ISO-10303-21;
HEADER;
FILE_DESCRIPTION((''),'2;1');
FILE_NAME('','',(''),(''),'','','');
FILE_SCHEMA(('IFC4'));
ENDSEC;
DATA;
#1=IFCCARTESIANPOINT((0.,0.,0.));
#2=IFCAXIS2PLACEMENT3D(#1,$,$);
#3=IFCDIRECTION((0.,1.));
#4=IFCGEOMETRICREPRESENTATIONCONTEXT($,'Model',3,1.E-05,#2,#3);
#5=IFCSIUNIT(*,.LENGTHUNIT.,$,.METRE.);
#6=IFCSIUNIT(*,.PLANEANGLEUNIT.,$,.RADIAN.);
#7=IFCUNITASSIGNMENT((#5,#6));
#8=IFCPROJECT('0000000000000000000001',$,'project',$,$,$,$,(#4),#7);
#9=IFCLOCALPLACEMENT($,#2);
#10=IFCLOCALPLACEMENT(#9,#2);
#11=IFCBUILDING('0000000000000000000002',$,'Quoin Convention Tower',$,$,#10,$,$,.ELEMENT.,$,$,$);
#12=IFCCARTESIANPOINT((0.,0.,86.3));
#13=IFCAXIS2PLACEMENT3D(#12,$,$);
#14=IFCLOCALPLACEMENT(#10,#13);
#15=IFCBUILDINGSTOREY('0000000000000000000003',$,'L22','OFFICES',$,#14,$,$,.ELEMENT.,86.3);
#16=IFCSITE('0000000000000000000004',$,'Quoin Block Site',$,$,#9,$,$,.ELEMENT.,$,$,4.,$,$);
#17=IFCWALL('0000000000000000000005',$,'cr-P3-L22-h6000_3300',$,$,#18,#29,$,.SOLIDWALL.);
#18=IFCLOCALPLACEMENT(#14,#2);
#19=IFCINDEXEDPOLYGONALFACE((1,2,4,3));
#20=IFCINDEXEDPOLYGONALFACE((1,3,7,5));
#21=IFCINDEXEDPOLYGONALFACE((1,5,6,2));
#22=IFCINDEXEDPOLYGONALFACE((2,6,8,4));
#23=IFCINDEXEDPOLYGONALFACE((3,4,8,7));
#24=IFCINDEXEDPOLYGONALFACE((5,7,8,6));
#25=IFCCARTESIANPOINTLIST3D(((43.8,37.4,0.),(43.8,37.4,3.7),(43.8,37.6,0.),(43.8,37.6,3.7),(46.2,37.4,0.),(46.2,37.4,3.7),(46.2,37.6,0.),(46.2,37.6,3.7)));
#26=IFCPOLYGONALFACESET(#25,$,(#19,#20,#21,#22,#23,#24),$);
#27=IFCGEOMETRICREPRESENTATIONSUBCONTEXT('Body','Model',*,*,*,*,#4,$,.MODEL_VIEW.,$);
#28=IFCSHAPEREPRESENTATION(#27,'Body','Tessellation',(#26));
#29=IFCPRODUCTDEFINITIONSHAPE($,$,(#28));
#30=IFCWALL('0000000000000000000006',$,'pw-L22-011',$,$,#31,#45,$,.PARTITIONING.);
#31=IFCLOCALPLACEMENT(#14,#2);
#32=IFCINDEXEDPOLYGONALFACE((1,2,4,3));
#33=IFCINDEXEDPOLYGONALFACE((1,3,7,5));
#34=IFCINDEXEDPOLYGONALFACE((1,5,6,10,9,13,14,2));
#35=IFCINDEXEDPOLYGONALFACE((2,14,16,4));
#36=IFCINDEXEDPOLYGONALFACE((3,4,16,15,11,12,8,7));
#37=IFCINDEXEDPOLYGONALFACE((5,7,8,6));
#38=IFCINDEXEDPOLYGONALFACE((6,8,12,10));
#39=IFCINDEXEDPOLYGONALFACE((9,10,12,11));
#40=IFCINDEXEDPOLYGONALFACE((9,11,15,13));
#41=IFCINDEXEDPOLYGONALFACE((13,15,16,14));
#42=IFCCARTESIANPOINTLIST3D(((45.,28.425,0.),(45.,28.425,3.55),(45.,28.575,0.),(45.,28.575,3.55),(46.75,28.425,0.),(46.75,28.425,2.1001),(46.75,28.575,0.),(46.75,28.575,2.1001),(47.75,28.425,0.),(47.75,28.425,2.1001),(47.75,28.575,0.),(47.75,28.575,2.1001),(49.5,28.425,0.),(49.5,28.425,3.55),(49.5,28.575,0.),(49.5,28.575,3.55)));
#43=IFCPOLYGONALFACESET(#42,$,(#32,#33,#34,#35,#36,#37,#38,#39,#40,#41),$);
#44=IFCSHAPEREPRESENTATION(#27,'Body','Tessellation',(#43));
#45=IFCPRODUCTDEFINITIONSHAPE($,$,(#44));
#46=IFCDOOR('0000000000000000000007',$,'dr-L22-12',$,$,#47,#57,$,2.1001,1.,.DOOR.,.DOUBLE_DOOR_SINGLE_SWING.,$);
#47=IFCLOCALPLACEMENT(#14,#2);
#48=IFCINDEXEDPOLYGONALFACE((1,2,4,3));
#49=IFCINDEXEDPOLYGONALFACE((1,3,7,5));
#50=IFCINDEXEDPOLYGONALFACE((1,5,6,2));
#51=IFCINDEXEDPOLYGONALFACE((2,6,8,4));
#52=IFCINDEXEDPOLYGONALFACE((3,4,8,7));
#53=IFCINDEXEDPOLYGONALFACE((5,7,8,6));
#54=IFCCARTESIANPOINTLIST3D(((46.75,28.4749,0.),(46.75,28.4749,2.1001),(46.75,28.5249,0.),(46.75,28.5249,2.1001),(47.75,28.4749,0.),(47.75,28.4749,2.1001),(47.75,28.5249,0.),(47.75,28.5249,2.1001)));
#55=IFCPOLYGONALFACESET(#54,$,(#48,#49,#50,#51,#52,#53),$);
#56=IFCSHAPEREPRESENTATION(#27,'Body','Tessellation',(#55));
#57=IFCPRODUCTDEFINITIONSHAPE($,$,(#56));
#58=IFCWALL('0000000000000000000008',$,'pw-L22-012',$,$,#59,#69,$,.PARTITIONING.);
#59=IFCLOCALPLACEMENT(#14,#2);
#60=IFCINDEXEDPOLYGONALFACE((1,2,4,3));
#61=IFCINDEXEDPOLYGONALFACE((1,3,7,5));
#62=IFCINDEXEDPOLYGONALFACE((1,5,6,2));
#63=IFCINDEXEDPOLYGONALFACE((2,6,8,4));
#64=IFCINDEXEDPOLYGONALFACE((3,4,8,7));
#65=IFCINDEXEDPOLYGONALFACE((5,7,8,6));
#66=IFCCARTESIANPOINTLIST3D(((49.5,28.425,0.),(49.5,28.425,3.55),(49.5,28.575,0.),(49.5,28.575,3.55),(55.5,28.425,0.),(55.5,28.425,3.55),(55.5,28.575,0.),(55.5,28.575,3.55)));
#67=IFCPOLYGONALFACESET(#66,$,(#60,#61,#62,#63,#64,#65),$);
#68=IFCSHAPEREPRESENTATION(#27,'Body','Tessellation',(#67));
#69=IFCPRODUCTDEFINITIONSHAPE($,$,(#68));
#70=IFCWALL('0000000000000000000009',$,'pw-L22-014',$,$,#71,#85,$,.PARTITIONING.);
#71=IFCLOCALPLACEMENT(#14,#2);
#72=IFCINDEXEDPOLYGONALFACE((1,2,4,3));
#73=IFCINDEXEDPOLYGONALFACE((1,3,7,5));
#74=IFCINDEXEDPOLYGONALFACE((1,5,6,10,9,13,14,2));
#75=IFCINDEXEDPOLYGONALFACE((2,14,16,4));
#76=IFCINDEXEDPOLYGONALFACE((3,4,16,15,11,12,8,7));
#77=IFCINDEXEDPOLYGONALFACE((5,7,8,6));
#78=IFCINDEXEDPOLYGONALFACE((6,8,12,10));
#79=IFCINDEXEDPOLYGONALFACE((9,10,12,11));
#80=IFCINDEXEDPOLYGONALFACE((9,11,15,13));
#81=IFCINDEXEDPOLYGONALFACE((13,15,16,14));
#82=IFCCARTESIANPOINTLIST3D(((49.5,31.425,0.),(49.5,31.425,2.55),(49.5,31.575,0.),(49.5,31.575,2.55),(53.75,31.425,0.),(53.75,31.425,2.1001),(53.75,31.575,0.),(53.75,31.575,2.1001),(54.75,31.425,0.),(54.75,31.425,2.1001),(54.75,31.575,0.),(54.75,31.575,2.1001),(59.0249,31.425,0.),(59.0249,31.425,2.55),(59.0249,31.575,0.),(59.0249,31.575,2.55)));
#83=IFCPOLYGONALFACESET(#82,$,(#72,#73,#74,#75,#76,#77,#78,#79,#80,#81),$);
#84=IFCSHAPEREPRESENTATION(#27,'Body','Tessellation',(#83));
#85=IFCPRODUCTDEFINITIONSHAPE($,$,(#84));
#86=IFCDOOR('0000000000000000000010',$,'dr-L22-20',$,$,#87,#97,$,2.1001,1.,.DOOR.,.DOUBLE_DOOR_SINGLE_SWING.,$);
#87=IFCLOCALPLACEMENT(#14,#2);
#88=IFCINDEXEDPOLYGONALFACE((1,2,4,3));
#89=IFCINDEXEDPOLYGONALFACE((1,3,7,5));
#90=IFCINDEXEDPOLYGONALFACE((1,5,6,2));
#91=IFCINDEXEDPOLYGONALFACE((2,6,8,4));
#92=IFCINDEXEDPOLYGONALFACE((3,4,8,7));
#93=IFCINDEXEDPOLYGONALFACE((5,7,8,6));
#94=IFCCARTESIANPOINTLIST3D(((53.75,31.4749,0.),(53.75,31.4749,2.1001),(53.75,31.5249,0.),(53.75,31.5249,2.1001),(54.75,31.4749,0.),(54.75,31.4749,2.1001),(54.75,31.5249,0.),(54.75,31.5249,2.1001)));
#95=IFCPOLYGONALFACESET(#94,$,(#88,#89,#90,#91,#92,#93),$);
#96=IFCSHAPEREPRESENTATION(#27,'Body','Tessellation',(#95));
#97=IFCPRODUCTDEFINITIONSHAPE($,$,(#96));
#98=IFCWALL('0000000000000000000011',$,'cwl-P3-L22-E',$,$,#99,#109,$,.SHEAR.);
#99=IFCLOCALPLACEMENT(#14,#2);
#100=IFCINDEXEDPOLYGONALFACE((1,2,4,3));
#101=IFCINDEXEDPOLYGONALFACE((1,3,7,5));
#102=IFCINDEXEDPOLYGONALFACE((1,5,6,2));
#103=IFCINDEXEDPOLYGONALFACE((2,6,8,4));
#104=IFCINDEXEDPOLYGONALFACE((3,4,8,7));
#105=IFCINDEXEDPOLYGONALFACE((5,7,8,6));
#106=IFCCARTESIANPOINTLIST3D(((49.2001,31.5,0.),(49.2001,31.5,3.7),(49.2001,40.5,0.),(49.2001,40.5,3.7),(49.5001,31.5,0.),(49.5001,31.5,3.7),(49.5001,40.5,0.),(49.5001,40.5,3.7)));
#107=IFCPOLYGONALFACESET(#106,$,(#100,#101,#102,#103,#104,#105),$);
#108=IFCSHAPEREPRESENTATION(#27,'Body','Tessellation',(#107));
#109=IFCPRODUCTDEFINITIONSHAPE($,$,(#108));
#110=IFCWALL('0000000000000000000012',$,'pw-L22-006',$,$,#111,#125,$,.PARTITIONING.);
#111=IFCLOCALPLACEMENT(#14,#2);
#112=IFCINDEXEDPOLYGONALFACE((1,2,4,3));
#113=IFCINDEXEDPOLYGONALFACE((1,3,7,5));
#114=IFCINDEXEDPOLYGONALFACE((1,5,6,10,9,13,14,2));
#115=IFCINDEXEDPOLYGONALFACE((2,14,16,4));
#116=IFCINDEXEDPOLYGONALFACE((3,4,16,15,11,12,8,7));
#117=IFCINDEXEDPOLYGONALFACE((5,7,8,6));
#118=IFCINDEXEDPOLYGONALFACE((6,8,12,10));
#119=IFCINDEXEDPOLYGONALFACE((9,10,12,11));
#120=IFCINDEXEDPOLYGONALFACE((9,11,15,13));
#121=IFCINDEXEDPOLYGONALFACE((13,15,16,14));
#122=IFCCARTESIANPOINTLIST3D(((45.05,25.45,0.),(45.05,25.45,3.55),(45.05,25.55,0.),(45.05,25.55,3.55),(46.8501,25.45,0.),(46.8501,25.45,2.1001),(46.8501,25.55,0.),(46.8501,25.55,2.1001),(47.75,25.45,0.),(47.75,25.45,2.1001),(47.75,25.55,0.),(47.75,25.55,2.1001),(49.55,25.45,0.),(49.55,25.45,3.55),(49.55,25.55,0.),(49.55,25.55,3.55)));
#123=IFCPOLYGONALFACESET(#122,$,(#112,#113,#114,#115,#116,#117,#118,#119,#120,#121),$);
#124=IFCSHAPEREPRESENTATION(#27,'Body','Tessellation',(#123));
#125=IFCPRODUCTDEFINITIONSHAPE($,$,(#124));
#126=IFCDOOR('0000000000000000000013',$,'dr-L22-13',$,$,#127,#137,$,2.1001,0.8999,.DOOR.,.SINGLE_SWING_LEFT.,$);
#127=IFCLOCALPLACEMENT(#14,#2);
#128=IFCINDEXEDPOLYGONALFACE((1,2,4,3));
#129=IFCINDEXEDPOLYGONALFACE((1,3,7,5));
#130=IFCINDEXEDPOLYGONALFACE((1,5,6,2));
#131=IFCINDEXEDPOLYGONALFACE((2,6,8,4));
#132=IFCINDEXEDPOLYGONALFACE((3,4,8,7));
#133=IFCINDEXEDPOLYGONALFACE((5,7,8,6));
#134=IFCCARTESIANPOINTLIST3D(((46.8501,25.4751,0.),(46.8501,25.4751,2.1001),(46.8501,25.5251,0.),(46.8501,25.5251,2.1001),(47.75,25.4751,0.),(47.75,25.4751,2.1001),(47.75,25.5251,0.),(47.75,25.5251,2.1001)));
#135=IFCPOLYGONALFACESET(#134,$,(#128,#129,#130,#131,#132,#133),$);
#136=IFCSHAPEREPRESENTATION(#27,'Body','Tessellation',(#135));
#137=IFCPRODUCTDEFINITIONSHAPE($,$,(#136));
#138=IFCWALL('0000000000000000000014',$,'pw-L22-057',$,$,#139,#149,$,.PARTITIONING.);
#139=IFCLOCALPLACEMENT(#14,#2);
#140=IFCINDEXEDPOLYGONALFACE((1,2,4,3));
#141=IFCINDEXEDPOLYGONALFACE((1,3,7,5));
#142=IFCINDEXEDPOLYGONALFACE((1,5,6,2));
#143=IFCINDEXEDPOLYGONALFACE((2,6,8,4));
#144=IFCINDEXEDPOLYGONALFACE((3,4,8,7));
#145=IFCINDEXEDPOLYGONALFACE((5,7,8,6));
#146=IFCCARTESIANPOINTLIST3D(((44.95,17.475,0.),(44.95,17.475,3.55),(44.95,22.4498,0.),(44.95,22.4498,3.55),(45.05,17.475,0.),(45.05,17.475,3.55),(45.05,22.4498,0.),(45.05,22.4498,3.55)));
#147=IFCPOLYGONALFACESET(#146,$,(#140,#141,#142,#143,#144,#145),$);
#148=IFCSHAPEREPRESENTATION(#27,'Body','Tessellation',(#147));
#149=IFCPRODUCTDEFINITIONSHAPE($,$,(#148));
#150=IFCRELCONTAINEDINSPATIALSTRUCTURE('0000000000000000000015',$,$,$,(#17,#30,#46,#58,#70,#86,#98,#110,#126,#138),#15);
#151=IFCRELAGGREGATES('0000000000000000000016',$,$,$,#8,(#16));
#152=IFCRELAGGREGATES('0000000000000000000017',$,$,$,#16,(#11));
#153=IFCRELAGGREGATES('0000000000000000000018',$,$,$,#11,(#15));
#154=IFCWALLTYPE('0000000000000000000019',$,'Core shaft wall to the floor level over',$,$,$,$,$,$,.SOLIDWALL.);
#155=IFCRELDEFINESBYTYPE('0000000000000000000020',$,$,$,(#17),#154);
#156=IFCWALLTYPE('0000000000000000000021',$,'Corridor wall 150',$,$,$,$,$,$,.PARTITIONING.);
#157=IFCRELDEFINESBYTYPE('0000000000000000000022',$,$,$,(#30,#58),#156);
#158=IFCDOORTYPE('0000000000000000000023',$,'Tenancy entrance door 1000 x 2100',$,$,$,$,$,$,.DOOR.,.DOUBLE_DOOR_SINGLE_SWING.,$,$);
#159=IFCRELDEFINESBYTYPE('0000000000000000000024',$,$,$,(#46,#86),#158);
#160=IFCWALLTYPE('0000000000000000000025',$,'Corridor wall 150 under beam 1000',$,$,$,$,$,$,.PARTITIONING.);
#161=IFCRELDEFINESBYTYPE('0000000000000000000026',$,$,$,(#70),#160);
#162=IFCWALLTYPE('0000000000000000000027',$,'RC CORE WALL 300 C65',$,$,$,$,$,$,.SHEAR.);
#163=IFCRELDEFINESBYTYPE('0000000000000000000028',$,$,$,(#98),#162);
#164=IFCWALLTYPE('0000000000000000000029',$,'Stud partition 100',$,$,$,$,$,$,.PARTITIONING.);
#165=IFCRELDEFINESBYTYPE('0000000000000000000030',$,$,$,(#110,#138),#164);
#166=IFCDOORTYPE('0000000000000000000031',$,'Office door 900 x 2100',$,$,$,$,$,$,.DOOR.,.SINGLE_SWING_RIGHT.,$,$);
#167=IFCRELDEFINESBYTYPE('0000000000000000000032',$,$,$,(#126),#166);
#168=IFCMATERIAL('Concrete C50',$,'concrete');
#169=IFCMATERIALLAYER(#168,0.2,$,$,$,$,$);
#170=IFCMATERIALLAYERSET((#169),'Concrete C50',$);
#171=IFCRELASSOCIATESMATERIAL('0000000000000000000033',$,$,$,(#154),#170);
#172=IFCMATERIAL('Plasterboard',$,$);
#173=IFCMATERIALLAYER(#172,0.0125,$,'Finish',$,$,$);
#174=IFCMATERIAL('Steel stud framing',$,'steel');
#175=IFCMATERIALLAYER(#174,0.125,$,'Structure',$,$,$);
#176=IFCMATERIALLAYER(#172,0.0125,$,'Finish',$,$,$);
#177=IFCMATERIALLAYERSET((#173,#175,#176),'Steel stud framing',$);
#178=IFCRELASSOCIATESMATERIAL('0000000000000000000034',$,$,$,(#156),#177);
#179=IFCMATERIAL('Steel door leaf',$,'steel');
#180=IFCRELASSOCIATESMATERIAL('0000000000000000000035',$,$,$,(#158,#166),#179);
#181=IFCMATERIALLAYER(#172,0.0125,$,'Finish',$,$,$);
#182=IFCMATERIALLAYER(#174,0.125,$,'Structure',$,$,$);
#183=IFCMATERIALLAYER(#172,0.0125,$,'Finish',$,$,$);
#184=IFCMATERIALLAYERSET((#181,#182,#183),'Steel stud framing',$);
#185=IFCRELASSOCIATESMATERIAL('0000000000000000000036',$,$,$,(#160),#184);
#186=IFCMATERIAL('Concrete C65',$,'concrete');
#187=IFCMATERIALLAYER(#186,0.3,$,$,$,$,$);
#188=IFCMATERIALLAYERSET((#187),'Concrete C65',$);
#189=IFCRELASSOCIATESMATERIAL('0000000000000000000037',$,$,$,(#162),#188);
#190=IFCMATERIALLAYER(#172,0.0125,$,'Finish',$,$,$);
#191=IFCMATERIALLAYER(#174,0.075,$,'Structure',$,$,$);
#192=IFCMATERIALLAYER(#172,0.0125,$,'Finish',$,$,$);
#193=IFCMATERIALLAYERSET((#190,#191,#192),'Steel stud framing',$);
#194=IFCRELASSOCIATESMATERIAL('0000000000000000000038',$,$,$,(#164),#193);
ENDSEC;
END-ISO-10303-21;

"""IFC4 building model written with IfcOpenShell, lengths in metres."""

from ifc_helpers import new_model, si_unit, direction, frame, frame_2d, origin, place, context, subcontext, project, spatial, rectangle, extrude, material, layer, layer_set, type_object, element, fill, save


model = new_model("IFC4")

# Units and contexts
model_context = context("Model", 3, precision=1e-05, world=origin(), true_north=direction((0.0, 1.0)))
body_context = subcontext(model_context, "Body", "Model", "MODEL_VIEW")
ifc_project = project(units=[si_unit("LENGTHUNIT", "METRE"), si_unit("PLANEANGLEUNIT", "RADIAN")], contexts=[model_context])

# Site, building, storey
site_placement = place(None, origin())
site = spatial("IfcSite", under=ifc_project, at=site_placement, Name="Quoin Block Site", CompositionType="ELEMENT", RefElevation=4.0)
building_placement = place(site_placement, origin())
building = spatial("IfcBuilding", under=site, at=building_placement, Name="Quoin Convention Tower", CompositionType="ELEMENT")
storey_placement = place(building_placement, frame((0.0, 0.0, 86.3)))
storey = spatial("IfcBuildingStorey", under=building, at=storey_placement, Name="L22", Description="OFFICES", CompositionType="ELEMENT", Elevation=86.3)

# Shared definitions
ifc_material_1 = material(Name="Concrete C65", Category="concrete")

# Wall
ifc_material_2 = material(Name="Concrete C50", Category="concrete")
ifc_layer_1 = layer(ifc_material_2, 0.2)
ifc_layer_set_1 = layer_set([ifc_layer_1], Name="Concrete C50")
wall_type_1 = type_object("IfcWallType", Name="Core shaft wall to the floor level over", PredefinedType="SOLIDWALL", material=ifc_layer_set_1)
wall_1_placement = place(storey_placement, frame((43.8, 37.5, 0.0), z_axis=(0.0, 0.0, 1.0), x_axis=(1.0, 0.0, 0.0)))
element("IfcWall", 1, at=wall_1_placement, inside=storey, type_object=wall_type_1, Name="cr-P3-L22-h6000_3300", PredefinedType="SOLIDWALL", context=body_context, shape_type="SweptSolid", body=[
    extrude(rectangle(XDim=2.3999, YDim=0.2, at=frame_2d((1.2, 0.0))), origin(), (0.0, 0.0, 1.0), 3.7),
])

# Wall, opening, door
ifc_material_3 = material(Name="Plasterboard")
ifc_layer_2 = layer(ifc_material_3, 0.0125, Name="Finish")
ifc_material_4 = material(Name="Steel stud framing", Category="steel")
ifc_layer_3 = layer(ifc_material_4, 0.125, Name="Structure")
ifc_layer_4 = layer(ifc_material_3, 0.0125, Name="Finish")
ifc_layer_set_2 = layer_set([ifc_layer_2, ifc_layer_3, ifc_layer_4], Name="Steel stud framing")
wall_type_2 = type_object("IfcWallType", Name="Corridor wall 150", PredefinedType="PARTITIONING", material=ifc_layer_set_2)
wall_2_placement = place(storey_placement, frame((45.0, 28.5, 0.0), z_axis=(0.0, 0.0, 1.0), x_axis=(1.0, 0.0, 0.0)))
wall_2 = element("IfcWall", 2, at=wall_2_placement, inside=storey, type_object=wall_type_2, Name="pw-L22-011", PredefinedType="PARTITIONING", context=body_context, shape_type="SweptSolid", body=[
    extrude(rectangle(XDim=4.5, YDim=0.1499, at=frame_2d((2.25, 0.0))), origin(), (0.0, 0.0, 1.0), 3.55),
])
opening_1_placement = place(wall_2_placement, frame((1.75, 0.0, 0.0)))
opening_1 = element("IfcOpeningElement", 3, at=opening_1_placement, cuts=wall_2, PredefinedType="OPENING", context=body_context, shape_type="SweptSolid", body=[
    extrude(rectangle(XDim=1.0, YDim=2.1001, at=frame_2d((0.5, 1.05))), frame((0.0, 0.085, 0.0), z_axis=(0.0, -1.0, 0.0), x_axis=(1.0, 0.0, 0.0)), (0.0, 0.0, 1.0), 0.1699),
])
ifc_material_5 = material(Name="Steel door leaf", Category="steel")
door_type_1 = type_object("IfcDoorType", Name="Tenancy entrance door 1000 x 2100", OperationType="DOUBLE_DOOR_SINGLE_SWING", PredefinedType="DOOR", material=ifc_material_5)
door_1_placement = place(opening_1_placement, origin())
door_1 = element("IfcDoor", 4, at=door_1_placement, inside=storey, type_object=door_type_1, Name="dr-L22-12", OperationType="DOUBLE_DOOR_SINGLE_SWING", OverallHeight=2.1001, OverallWidth=1.0, PredefinedType="DOOR", context=body_context, shape_type="SweptSolid", body=[
    extrude(rectangle(XDim=1.0, YDim=2.1001, at=frame_2d((0.5, 1.05))), frame((0.0, 0.0249, 0.0), z_axis=(0.0, -1.0, 0.0), x_axis=(1.0, 0.0, 0.0)), (0.0, 0.0, 1.0), 0.05),
])
fill(opening_1, door_1)

# Wall
wall_3_placement = place(storey_placement, frame((49.5, 28.5, 0.0), z_axis=(0.0, 0.0, 1.0), x_axis=(1.0, 0.0, 0.0)))
element("IfcWall", 5, at=wall_3_placement, inside=storey, type_object=wall_type_2, Name="pw-L22-012", PredefinedType="PARTITIONING", context=body_context, shape_type="SweptSolid", body=[
    extrude(rectangle(XDim=6.0, YDim=0.1499, at=frame_2d((3.0, 0.0))), origin(), (0.0, 0.0, 1.0), 3.55),
])

# Wall, opening, door
ifc_layer_5 = layer(ifc_material_3, 0.0125, Name="Finish")
ifc_layer_6 = layer(ifc_material_4, 0.125, Name="Structure")
ifc_layer_7 = layer(ifc_material_3, 0.0125, Name="Finish")
ifc_layer_set_3 = layer_set([ifc_layer_5, ifc_layer_6, ifc_layer_7], Name="Steel stud framing")
wall_type_3 = type_object("IfcWallType", Name="Corridor wall 150 under beam 1000", PredefinedType="PARTITIONING", material=ifc_layer_set_3)
wall_4_placement = place(storey_placement, frame((49.5, 31.5, 0.0), z_axis=(0.0, 0.0, 1.0), x_axis=(1.0, 0.0, 0.0)))
wall_4 = element("IfcWall", 6, at=wall_4_placement, inside=storey, type_object=wall_type_3, Name="pw-L22-014", PredefinedType="PARTITIONING", context=body_context, shape_type="SweptSolid", body=[
    extrude(rectangle(XDim=9.5249, YDim=0.1499, at=frame_2d((4.7625, 0.0))), origin(), (0.0, 0.0, 1.0), 2.55),
])
opening_2_placement = place(wall_4_placement, frame((4.25, 0.0, 0.0)))
opening_2 = element("IfcOpeningElement", 7, at=opening_2_placement, cuts=wall_4, PredefinedType="OPENING", context=body_context, shape_type="SweptSolid", body=[
    extrude(rectangle(XDim=1.0, YDim=2.1001, at=frame_2d((0.5, 1.05))), frame((0.0, 0.085, 0.0), z_axis=(0.0, -1.0, 0.0), x_axis=(1.0, 0.0, 0.0)), (0.0, 0.0, 1.0), 0.1699),
])
door_2_placement = place(opening_2_placement, origin())
door_2 = element("IfcDoor", 8, at=door_2_placement, inside=storey, type_object=door_type_1, Name="dr-L22-20", OperationType="DOUBLE_DOOR_SINGLE_SWING", OverallHeight=2.1001, OverallWidth=1.0, PredefinedType="DOOR", context=body_context, shape_type="SweptSolid", body=[
    extrude(rectangle(XDim=1.0, YDim=2.1001, at=frame_2d((0.5, 1.05))), frame((0.0, 0.0249, 0.0), z_axis=(0.0, -1.0, 0.0), x_axis=(1.0, 0.0, 0.0)), (0.0, 0.0, 1.0), 0.05),
])
fill(opening_2, door_2)

# Wall
ifc_layer_8 = layer(ifc_material_1, 0.3)
ifc_layer_set_4 = layer_set([ifc_layer_8], Name="Concrete C65")
wall_type_4 = type_object("IfcWallType", Name="RC CORE WALL 300 C65", PredefinedType="SHEAR", material=ifc_layer_set_4)
wall_5_placement = place(storey_placement, frame((49.3501, 31.5, 0.0), z_axis=(0.0, 0.0, 1.0), x_axis=(0.0, 1.0, 0.0)))
element("IfcWall", 9, at=wall_5_placement, inside=storey, type_object=wall_type_4, Name="cwl-P3-L22-E", PredefinedType="SHEAR", context=body_context, shape_type="SweptSolid", body=[
    extrude(rectangle(XDim=9.0, YDim=0.3, at=frame_2d((4.5, 0.0))), origin(), (0.0, 0.0, 1.0), 3.7),
])

# Wall, opening, door
ifc_layer_9 = layer(ifc_material_3, 0.0125, Name="Finish")
ifc_layer_10 = layer(ifc_material_4, 0.075, Name="Structure")
ifc_layer_11 = layer(ifc_material_3, 0.0125, Name="Finish")
ifc_layer_set_5 = layer_set([ifc_layer_9, ifc_layer_10, ifc_layer_11], Name="Steel stud framing")
wall_type_5 = type_object("IfcWallType", Name="Stud partition 100", PredefinedType="PARTITIONING", material=ifc_layer_set_5)
wall_6_placement = place(storey_placement, frame((45.05, 25.5, 0.0), z_axis=(0.0, 0.0, 1.0), x_axis=(1.0, 0.0, 0.0)))
wall_6 = element("IfcWall", 10, at=wall_6_placement, inside=storey, type_object=wall_type_5, Name="pw-L22-006", PredefinedType="PARTITIONING", context=body_context, shape_type="SweptSolid", body=[
    extrude(rectangle(XDim=4.5, YDim=0.1001, at=frame_2d((2.25, 0.0))), origin(), (0.0, 0.0, 1.0), 3.55),
])
opening_3_placement = place(wall_6_placement, frame((1.8, 0.0, 0.0)))
opening_3 = element("IfcOpeningElement", 11, at=opening_3_placement, cuts=wall_6, PredefinedType="OPENING", context=body_context, shape_type="SweptSolid", body=[
    extrude(rectangle(XDim=0.8999, YDim=2.1001, at=frame_2d((0.45, 1.05))), frame((0.0, 0.0601, 0.0), z_axis=(0.0, -1.0, 0.0), x_axis=(1.0, 0.0, 0.0)), (0.0, 0.0, 1.0), 0.1201),
])
door_type_2 = type_object("IfcDoorType", Name="Office door 900 x 2100", OperationType="SINGLE_SWING_RIGHT", PredefinedType="DOOR", material=ifc_material_5)
door_3_placement = place(opening_3_placement, frame((0.8999, 0.0, 0.0), z_axis=(0.0, 0.0, 1.0), x_axis=(-1.0, 0.0, 0.0)))
door_3 = element("IfcDoor", 12, at=door_3_placement, inside=storey, type_object=door_type_2, Name="dr-L22-13", OperationType="SINGLE_SWING_LEFT", OverallHeight=2.1001, OverallWidth=0.8999, PredefinedType="DOOR", context=body_context, shape_type="SweptSolid", body=[
    extrude(rectangle(XDim=0.8999, YDim=2.1001, at=frame_2d((0.45, 1.05))), frame((0.0, 0.0249, 0.0), z_axis=(0.0, -1.0, 0.0), x_axis=(1.0, 0.0, 0.0)), (0.0, 0.0, 1.0), 0.05),
])
fill(opening_3, door_3)

# Wall
wall_7_placement = place(storey_placement, frame((45.0, 17.4751, 0.0), z_axis=(0.0, 0.0, 1.0), x_axis=(0.0, 1.0, 0.0)))
element("IfcWall", 13, at=wall_7_placement, inside=storey, type_object=wall_type_5, Name="pw-L22-057", PredefinedType="PARTITIONING", context=body_context, shape_type="SweptSolid", body=[
    extrude(rectangle(XDim=4.9749, YDim=0.1001, at=frame_2d((2.4873, 0.0))), origin(), (0.0, 0.0, 1.0), 3.55),
])

save(model, "model.ifc")
